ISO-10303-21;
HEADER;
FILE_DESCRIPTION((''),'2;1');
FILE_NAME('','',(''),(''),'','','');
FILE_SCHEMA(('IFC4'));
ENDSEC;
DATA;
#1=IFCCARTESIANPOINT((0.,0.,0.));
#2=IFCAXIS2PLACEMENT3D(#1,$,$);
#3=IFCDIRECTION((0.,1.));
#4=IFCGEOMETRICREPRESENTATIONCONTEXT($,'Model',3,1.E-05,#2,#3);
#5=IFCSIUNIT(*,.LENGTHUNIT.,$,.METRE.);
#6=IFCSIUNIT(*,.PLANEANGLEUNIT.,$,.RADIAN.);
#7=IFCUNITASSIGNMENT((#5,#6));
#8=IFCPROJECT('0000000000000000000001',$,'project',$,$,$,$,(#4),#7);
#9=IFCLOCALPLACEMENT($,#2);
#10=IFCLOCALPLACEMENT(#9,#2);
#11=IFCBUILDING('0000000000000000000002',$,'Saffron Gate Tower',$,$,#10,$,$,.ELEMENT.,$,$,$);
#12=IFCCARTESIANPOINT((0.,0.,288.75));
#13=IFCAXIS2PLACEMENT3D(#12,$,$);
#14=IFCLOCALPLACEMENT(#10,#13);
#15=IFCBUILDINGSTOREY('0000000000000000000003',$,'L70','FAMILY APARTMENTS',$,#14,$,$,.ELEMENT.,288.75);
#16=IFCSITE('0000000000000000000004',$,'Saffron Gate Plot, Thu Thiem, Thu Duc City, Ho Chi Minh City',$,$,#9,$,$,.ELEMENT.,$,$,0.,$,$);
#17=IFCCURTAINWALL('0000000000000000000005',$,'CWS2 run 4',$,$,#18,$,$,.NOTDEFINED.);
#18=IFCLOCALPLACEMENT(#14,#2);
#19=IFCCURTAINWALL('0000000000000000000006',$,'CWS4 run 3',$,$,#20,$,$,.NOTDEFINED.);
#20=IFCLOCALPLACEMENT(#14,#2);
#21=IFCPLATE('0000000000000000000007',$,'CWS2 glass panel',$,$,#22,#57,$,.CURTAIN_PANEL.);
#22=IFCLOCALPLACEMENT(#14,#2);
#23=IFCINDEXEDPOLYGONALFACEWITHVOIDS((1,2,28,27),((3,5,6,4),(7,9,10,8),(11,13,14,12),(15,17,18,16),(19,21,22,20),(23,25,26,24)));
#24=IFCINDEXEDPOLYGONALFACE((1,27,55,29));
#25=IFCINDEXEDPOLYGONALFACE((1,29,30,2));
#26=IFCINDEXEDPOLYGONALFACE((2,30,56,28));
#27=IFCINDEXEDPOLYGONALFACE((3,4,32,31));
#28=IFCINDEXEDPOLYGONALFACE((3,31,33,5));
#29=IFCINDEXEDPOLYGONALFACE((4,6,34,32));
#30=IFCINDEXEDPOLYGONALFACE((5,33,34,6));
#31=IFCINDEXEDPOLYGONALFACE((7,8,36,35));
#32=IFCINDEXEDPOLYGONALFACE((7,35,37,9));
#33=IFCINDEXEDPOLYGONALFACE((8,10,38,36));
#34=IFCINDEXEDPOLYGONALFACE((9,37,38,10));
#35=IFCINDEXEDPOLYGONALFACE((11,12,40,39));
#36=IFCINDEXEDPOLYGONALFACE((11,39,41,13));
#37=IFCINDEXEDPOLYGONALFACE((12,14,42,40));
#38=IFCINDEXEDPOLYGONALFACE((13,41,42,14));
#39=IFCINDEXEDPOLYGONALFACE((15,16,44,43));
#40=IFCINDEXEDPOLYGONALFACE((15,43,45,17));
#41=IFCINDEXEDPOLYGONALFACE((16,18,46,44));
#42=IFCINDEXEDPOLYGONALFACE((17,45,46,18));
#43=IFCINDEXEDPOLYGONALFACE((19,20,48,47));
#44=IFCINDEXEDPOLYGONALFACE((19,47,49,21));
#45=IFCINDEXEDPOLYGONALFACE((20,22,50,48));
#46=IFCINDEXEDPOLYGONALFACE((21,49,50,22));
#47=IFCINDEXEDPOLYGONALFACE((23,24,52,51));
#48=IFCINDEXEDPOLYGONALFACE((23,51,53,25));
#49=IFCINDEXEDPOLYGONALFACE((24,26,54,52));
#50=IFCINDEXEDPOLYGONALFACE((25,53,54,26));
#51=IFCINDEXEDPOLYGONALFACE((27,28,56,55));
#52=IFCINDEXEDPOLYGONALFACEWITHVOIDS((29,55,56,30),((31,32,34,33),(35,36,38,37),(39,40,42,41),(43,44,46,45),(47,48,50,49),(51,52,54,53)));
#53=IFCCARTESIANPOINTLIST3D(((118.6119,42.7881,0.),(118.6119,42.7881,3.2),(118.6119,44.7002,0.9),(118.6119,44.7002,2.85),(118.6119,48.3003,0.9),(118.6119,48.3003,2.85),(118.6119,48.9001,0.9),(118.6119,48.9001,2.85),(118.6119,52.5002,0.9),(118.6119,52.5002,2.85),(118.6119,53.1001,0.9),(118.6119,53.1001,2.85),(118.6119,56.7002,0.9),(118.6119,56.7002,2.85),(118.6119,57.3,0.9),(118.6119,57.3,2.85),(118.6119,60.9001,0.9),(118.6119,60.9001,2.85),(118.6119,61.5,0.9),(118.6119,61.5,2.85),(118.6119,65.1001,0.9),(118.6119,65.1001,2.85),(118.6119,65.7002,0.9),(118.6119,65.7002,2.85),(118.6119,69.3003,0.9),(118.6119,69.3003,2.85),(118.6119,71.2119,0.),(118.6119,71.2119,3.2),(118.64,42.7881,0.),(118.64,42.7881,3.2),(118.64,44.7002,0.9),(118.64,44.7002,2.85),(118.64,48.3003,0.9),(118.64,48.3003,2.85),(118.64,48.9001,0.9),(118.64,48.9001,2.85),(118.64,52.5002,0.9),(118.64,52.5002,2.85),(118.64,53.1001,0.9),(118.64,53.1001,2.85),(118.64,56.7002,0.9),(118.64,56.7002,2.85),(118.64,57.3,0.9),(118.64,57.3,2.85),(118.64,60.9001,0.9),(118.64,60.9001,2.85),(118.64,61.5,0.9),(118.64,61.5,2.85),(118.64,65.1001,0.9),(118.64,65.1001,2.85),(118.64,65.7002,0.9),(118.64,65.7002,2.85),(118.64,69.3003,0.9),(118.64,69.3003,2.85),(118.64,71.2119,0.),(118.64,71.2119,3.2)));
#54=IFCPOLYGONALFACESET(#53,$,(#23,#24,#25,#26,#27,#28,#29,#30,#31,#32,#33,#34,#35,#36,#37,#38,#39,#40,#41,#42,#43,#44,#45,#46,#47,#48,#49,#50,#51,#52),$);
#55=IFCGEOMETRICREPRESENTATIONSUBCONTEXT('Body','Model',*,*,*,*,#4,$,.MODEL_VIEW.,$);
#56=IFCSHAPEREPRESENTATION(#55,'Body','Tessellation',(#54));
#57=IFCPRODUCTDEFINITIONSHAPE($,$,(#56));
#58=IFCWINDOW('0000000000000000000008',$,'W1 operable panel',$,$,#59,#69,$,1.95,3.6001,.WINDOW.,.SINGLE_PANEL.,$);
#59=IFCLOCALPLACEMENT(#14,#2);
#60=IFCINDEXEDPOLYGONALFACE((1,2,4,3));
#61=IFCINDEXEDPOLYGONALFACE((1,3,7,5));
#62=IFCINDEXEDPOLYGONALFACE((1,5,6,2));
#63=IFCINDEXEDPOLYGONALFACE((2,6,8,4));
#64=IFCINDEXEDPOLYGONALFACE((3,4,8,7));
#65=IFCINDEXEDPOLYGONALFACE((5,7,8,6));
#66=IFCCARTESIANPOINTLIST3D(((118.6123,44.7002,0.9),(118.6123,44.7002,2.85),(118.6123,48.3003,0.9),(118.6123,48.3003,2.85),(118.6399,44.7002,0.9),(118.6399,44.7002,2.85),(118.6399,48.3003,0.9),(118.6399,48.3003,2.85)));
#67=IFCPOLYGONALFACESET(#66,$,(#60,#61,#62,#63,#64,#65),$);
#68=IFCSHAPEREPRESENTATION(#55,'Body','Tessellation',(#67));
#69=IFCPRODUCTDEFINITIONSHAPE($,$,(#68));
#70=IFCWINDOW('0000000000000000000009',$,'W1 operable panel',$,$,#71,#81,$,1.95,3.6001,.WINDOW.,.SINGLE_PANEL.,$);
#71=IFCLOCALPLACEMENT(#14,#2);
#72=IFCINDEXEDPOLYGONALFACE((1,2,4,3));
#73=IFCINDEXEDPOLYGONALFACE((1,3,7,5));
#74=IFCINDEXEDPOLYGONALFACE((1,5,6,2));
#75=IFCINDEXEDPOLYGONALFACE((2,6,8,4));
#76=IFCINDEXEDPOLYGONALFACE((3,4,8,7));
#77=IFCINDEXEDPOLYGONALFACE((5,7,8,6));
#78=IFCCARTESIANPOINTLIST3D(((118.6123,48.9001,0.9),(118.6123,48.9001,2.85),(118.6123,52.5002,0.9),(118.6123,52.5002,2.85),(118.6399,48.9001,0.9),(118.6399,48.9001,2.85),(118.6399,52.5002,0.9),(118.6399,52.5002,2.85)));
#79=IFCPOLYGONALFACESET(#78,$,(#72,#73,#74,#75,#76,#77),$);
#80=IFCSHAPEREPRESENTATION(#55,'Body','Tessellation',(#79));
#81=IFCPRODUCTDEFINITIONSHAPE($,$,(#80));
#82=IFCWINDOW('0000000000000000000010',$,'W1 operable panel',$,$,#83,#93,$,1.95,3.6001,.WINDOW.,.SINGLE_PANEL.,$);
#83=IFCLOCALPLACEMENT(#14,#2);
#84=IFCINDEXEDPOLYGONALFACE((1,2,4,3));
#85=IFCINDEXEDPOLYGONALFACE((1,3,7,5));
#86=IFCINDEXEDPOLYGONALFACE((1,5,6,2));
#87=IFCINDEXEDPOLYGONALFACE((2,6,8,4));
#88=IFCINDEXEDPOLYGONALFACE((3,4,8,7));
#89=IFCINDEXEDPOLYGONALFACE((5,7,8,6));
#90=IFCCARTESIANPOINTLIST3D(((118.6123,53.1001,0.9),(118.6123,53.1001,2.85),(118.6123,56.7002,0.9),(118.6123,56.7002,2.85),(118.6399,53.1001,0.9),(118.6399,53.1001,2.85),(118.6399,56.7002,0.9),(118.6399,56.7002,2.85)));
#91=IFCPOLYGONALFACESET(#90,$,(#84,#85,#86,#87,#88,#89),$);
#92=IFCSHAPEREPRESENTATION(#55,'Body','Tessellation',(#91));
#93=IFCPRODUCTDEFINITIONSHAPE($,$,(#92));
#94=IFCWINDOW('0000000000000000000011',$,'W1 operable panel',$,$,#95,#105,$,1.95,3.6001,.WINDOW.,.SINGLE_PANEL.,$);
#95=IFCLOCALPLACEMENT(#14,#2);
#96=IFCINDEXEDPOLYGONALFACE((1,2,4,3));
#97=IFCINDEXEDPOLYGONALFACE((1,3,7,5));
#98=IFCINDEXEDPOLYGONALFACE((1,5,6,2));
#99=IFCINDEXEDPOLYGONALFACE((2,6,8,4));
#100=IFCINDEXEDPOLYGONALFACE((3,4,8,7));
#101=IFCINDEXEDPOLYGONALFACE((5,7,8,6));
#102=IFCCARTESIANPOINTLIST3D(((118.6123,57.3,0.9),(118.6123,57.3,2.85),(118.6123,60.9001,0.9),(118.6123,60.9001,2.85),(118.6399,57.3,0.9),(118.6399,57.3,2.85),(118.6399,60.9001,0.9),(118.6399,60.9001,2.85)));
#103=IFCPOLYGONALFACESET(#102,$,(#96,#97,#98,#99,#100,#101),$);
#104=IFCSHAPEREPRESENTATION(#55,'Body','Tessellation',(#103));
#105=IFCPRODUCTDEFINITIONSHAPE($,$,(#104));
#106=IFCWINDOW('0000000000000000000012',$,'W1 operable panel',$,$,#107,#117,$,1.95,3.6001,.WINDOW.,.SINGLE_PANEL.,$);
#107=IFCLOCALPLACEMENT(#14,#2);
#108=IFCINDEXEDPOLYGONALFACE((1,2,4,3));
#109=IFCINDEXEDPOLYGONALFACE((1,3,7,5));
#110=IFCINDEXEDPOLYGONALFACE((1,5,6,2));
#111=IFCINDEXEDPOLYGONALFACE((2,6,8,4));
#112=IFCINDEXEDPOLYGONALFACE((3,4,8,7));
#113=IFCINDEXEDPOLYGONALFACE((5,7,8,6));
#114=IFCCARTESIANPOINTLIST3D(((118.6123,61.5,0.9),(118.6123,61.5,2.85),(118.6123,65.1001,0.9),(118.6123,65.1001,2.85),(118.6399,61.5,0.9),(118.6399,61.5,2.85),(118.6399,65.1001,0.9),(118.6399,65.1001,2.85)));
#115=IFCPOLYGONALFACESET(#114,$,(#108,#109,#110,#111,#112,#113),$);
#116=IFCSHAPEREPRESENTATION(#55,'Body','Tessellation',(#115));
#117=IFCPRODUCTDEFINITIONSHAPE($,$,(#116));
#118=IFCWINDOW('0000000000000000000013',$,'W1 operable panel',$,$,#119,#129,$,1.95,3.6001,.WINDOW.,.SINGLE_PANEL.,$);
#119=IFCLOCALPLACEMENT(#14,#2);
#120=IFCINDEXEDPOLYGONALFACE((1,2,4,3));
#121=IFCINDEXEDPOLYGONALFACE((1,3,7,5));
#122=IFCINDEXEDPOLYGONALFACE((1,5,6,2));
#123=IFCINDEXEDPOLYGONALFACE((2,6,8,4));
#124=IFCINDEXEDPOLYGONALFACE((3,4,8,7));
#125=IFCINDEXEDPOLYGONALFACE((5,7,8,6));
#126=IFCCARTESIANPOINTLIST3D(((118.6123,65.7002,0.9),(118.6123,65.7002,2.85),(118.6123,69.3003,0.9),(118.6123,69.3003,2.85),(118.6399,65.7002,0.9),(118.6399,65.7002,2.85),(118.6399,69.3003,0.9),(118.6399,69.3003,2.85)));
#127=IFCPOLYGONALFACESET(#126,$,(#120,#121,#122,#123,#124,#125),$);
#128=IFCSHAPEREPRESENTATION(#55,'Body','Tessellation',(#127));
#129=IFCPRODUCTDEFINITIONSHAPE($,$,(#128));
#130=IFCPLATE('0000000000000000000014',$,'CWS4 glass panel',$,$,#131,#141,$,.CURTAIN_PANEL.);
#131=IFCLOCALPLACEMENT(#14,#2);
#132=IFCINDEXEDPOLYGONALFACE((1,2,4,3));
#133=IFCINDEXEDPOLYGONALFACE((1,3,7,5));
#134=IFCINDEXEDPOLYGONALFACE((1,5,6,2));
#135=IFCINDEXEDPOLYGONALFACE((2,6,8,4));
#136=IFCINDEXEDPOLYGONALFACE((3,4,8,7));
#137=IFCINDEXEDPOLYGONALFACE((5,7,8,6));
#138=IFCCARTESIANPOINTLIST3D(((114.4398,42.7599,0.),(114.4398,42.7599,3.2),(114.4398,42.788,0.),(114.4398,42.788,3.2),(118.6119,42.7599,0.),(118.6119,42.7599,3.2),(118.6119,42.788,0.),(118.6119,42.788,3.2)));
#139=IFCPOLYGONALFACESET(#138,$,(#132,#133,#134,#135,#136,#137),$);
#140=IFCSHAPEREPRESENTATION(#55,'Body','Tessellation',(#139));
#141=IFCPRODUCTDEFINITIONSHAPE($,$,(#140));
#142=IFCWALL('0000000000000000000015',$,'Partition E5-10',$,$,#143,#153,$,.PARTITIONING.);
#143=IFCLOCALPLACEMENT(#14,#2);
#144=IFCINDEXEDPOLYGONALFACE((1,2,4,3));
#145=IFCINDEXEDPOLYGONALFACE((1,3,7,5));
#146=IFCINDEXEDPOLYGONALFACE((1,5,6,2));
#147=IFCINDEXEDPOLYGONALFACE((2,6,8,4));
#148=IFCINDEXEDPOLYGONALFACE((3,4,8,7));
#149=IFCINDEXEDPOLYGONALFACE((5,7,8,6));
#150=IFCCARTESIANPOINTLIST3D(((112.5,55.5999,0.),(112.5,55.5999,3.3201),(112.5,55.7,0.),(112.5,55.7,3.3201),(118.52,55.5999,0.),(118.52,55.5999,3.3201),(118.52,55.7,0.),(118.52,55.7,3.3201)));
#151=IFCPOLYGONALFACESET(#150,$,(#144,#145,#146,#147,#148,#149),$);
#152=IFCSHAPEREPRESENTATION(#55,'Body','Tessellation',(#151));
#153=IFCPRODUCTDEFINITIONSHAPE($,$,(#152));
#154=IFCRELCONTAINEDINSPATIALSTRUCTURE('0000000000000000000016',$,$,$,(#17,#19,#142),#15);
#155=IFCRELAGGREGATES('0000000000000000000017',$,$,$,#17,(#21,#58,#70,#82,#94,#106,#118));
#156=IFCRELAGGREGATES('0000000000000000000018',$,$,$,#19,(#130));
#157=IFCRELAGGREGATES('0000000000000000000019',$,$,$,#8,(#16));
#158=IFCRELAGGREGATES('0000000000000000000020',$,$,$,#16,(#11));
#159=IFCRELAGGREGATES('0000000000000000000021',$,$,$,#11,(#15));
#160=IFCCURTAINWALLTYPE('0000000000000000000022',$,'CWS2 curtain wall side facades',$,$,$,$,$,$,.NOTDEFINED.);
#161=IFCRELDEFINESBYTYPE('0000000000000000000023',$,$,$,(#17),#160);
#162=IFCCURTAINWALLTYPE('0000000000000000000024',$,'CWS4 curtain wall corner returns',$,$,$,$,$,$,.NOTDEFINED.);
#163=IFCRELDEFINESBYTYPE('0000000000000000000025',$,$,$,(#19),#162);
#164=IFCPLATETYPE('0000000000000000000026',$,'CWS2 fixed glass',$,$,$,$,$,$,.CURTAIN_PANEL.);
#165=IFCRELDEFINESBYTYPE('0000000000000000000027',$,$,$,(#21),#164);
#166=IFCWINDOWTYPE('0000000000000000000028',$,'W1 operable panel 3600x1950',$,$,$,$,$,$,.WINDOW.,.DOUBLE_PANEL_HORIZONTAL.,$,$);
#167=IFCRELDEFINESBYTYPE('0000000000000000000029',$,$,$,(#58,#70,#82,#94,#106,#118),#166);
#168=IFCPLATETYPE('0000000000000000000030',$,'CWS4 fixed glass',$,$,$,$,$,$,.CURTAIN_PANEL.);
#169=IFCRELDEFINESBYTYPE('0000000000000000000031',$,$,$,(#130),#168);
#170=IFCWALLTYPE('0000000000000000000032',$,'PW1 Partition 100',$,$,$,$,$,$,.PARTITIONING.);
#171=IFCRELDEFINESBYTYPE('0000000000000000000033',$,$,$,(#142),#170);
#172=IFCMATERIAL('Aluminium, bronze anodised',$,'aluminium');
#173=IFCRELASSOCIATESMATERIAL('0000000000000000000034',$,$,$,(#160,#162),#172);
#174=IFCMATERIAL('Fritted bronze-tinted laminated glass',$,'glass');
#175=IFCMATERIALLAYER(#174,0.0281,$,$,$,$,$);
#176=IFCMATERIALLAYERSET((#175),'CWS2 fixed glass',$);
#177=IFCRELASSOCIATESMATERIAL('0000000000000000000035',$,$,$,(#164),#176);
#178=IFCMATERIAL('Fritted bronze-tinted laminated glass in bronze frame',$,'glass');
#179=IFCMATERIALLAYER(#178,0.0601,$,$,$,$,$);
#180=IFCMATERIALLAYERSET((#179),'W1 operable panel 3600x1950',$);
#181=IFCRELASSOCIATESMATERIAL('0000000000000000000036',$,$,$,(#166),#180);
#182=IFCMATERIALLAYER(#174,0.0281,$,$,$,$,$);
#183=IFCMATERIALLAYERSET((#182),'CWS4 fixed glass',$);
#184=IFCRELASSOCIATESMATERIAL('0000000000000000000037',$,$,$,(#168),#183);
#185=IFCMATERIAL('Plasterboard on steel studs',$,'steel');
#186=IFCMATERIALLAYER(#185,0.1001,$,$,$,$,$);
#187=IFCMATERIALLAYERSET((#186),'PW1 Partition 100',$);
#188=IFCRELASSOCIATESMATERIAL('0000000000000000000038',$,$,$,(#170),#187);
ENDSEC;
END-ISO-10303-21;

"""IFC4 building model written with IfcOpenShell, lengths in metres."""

from ifc_helpers import new_model, si_unit, direction, frame, frame_2d, origin, place, context, subcontext, project, spatial, rectangle, extrude, material, layer, layer_set, type_object, element, fill, aggregate, save


model = new_model("IFC4")

# Units and contexts
model_context = context("Model", 3, precision=1e-05, world=origin(), true_north=direction((0.0, 1.0)))
body_context = subcontext(model_context, "Body", "Model", "MODEL_VIEW")
ifc_project = project(units=[si_unit("LENGTHUNIT", "METRE"), si_unit("PLANEANGLEUNIT", "RADIAN")], contexts=[model_context])

# Site, building, storey
site_placement = place(None, origin())
site = spatial("IfcSite", under=ifc_project, at=site_placement, Name="Saffron Gate Plot, Thu Thiem, Thu Duc City, Ho Chi Minh City", CompositionType="ELEMENT", RefElevation=0.0)
building_placement = place(site_placement, origin())
building = spatial("IfcBuilding", under=site, at=building_placement, Name="Saffron Gate Tower", CompositionType="ELEMENT")
storey_placement = place(building_placement, frame((0.0, 0.0, 288.75)))
storey = spatial("IfcBuildingStorey", under=building, at=storey_placement, Name="L70", Description="FAMILY APARTMENTS", CompositionType="ELEMENT", Elevation=288.75)

# Curtain walls
ifc_material_1 = material(Name="Aluminium, bronze anodised", Category="aluminium")
curtain_wall_type_1 = type_object("IfcCurtainWallType", Name="CWS2 curtain wall side facades", PredefinedType="NOTDEFINED", material=ifc_material_1)
curtain_wall_1_placement = place(storey_placement, origin())
curtain_wall_1 = element("IfcCurtainWall", 1, at=curtain_wall_1_placement, inside=storey, type_object=curtain_wall_type_1, Name="CWS2 run 4", PredefinedType="NOTDEFINED")
curtain_wall_type_2 = type_object("IfcCurtainWallType", Name="CWS4 curtain wall corner returns", PredefinedType="NOTDEFINED", material=ifc_material_1)
curtain_wall_2_placement = place(storey_placement, origin())
curtain_wall_2 = element("IfcCurtainWall", 2, at=curtain_wall_2_placement, inside=storey, type_object=curtain_wall_type_2, Name="CWS4 run 3", PredefinedType="NOTDEFINED")

# Plate, openings, windows
ifc_material_2 = material(Name="Fritted bronze-tinted laminated glass", Category="glass")
ifc_layer_1 = layer(ifc_material_2, 0.0281)
ifc_layer_set_1 = layer_set([ifc_layer_1], Name="CWS2 fixed glass")
plate_type_1 = type_object("IfcPlateType", Name="CWS2 fixed glass", PredefinedType="CURTAIN_PANEL", material=ifc_layer_set_1)
plate_1_placement = place(storey_placement, frame((118.626, 42.7881, 0.0), z_axis=(0.0, 0.0, 1.0), x_axis=(0.0, 1.0, 0.0)))
plate_1 = element("IfcPlate", 3, at=plate_1_placement, type_object=plate_type_1, Name="CWS2 glass panel", PredefinedType="CURTAIN_PANEL", context=body_context, shape_type="SweptSolid", body=[
    extrude(rectangle(XDim=28.4238, YDim=0.0281, at=frame_2d((14.2119, 0.0))), origin(), (0.0, 0.0, 1.0), 3.2),
])
opening_1_placement = place(plate_1_placement, frame((1.9121, 0.0, 0.8999)))
opening_1 = element("IfcOpeningElement", 4, at=opening_1_placement, cuts=plate_1, PredefinedType="OPENING", context=body_context, shape_type="SweptSolid", body=[
    extrude(rectangle(XDim=3.6001, YDim=1.95, at=frame_2d((1.8, 0.9751))), frame((0.0, 0.0239, 0.0), z_axis=(0.0, -1.0, 0.0), x_axis=(1.0, 0.0, 0.0)), (0.0, 0.0, 1.0), 0.0481),
])
opening_2_placement = place(plate_1_placement, frame((6.1121, 0.0, 0.8999)))
opening_2 = element("IfcOpeningElement", 5, at=opening_2_placement, cuts=plate_1, PredefinedType="OPENING", context=body_context, shape_type="SweptSolid", body=[
    extrude(rectangle(XDim=3.6001, YDim=1.95, at=frame_2d((1.8, 0.9751))), frame((0.0, 0.0239, 0.0), z_axis=(0.0, -1.0, 0.0), x_axis=(1.0, 0.0, 0.0)), (0.0, 0.0, 1.0), 0.0481),
])
opening_3_placement = place(plate_1_placement, frame((10.312, 0.0, 0.8999)))
opening_3 = element("IfcOpeningElement", 6, at=opening_3_placement, cuts=plate_1, PredefinedType="OPENING", context=body_context, shape_type="SweptSolid", body=[
    extrude(rectangle(XDim=3.6001, YDim=1.95, at=frame_2d((1.8, 0.9751))), frame((0.0, 0.0239, 0.0), z_axis=(0.0, -1.0, 0.0), x_axis=(1.0, 0.0, 0.0)), (0.0, 0.0, 1.0), 0.0481),
])
opening_4_placement = place(plate_1_placement, frame((14.512, 0.0, 0.8999)))
opening_4 = element("IfcOpeningElement", 7, at=opening_4_placement, cuts=plate_1, PredefinedType="OPENING", context=body_context, shape_type="SweptSolid", body=[
    extrude(rectangle(XDim=3.6001, YDim=1.95, at=frame_2d((1.8, 0.9751))), frame((0.0, 0.0239, 0.0), z_axis=(0.0, -1.0, 0.0), x_axis=(1.0, 0.0, 0.0)), (0.0, 0.0, 1.0), 0.0481),
])
opening_5_placement = place(plate_1_placement, frame((18.7119, 0.0, 0.8999)))
opening_5 = element("IfcOpeningElement", 8, at=opening_5_placement, cuts=plate_1, PredefinedType="OPENING", context=body_context, shape_type="SweptSolid", body=[
    extrude(rectangle(XDim=3.6001, YDim=1.95, at=frame_2d((1.8, 0.9751))), frame((0.0, 0.0239, 0.0), z_axis=(0.0, -1.0, 0.0), x_axis=(1.0, 0.0, 0.0)), (0.0, 0.0, 1.0), 0.0481),
])
opening_6_placement = place(plate_1_placement, frame((22.9121, 0.0, 0.8999)))
opening_6 = element("IfcOpeningElement", 9, at=opening_6_placement, cuts=plate_1, PredefinedType="OPENING", context=body_context, shape_type="SweptSolid", body=[
    extrude(rectangle(XDim=3.6001, YDim=1.95, at=frame_2d((1.8, 0.9751))), frame((0.0, 0.0239, 0.0), z_axis=(0.0, -1.0, 0.0), x_axis=(1.0, 0.0, 0.0)), (0.0, 0.0, 1.0), 0.0481),
])
ifc_material_3 = material(Name="Fritted bronze-tinted laminated glass in bronze frame", Category="glass")
ifc_layer_2 = layer(ifc_material_3, 0.0601)
ifc_layer_set_2 = layer_set([ifc_layer_2], Name="W1 operable panel 3600x1950")
window_type = type_object("IfcWindowType", Name="W1 operable panel 3600x1950", PartitioningType="DOUBLE_PANEL_HORIZONTAL", PredefinedType="WINDOW", material=ifc_layer_set_2)
window_1_placement = place(opening_1_placement, origin())
window_1 = element("IfcWindow", 10, at=window_1_placement, type_object=window_type, Name="W1 operable panel", OverallHeight=1.95, OverallWidth=3.6001, PartitioningType="SINGLE_PANEL", PredefinedType="WINDOW", context=body_context, shape_type="SweptSolid", body=[
    extrude(rectangle(XDim=3.6001, YDim=1.95, at=frame_2d((1.8, 0.9751))), frame((0.0, 0.0137, 0.0), z_axis=(0.0, -1.0, 0.0), x_axis=(1.0, 0.0, 0.0)), (0.0, 0.0, 1.0), 0.0276),
])
fill(opening_1, window_1)
window_2_placement = place(opening_2_placement, origin())
window_2 = element("IfcWindow", 11, at=window_2_placement, type_object=window_type, Name="W1 operable panel", OverallHeight=1.95, OverallWidth=3.6001, PartitioningType="SINGLE_PANEL", PredefinedType="WINDOW", context=body_context, shape_type="SweptSolid", body=[
    extrude(rectangle(XDim=3.6001, YDim=1.95, at=frame_2d((1.8, 0.9751))), frame((0.0, 0.0137, 0.0), z_axis=(0.0, -1.0, 0.0), x_axis=(1.0, 0.0, 0.0)), (0.0, 0.0, 1.0), 0.0276),
])
fill(opening_2, window_2)
window_3_placement = place(opening_3_placement, origin())
window_3 = element("IfcWindow", 12, at=window_3_placement, type_object=window_type, Name="W1 operable panel", OverallHeight=1.95, OverallWidth=3.6001, PartitioningType="SINGLE_PANEL", PredefinedType="WINDOW", context=body_context, shape_type="SweptSolid", body=[
    extrude(rectangle(XDim=3.6001, YDim=1.95, at=frame_2d((1.8, 0.9751))), frame((0.0, 0.0137, 0.0), z_axis=(0.0, -1.0, 0.0), x_axis=(1.0, 0.0, 0.0)), (0.0, 0.0, 1.0), 0.0276),
])
fill(opening_3, window_3)
window_4_placement = place(opening_4_placement, origin())
window_4 = element("IfcWindow", 13, at=window_4_placement, type_object=window_type, Name="W1 operable panel", OverallHeight=1.95, OverallWidth=3.6001, PartitioningType="SINGLE_PANEL", PredefinedType="WINDOW", context=body_context, shape_type="SweptSolid", body=[
    extrude(rectangle(XDim=3.6001, YDim=1.95, at=frame_2d((1.8, 0.9751))), frame((0.0, 0.0137, 0.0), z_axis=(0.0, -1.0, 0.0), x_axis=(1.0, 0.0, 0.0)), (0.0, 0.0, 1.0), 0.0276),
])
fill(opening_4, window_4)
window_5_placement = place(opening_5_placement, origin())
window_5 = element("IfcWindow", 14, at=window_5_placement, type_object=window_type, Name="W1 operable panel", OverallHeight=1.95, OverallWidth=3.6001, PartitioningType="SINGLE_PANEL", PredefinedType="WINDOW", context=body_context, shape_type="SweptSolid", body=[
    extrude(rectangle(XDim=3.6001, YDim=1.95, at=frame_2d((1.8, 0.9751))), frame((0.0, 0.0137, 0.0), z_axis=(0.0, -1.0, 0.0), x_axis=(1.0, 0.0, 0.0)), (0.0, 0.0, 1.0), 0.0276),
])
fill(opening_5, window_5)
window_6_placement = place(opening_6_placement, origin())
window_6 = element("IfcWindow", 15, at=window_6_placement, type_object=window_type, Name="W1 operable panel", OverallHeight=1.95, OverallWidth=3.6001, PartitioningType="SINGLE_PANEL", PredefinedType="WINDOW", context=body_context, shape_type="SweptSolid", body=[
    extrude(rectangle(XDim=3.6001, YDim=1.95, at=frame_2d((1.8, 0.9751))), frame((0.0, 0.0137, 0.0), z_axis=(0.0, -1.0, 0.0), x_axis=(1.0, 0.0, 0.0)), (0.0, 0.0, 1.0), 0.0276),
])
fill(opening_6, window_6)
aggregate(curtain_wall_1, [plate_1, window_1, window_2, window_3, window_4, window_5, window_6])

# Plate
ifc_layer_3 = layer(ifc_material_2, 0.0281)
ifc_layer_set_3 = layer_set([ifc_layer_3], Name="CWS4 fixed glass")
plate_type_2 = type_object("IfcPlateType", Name="CWS4 fixed glass", PredefinedType="CURTAIN_PANEL", material=ifc_layer_set_3)
plate_2_placement = place(storey_placement, frame((114.4399, 42.7739, 0.0), z_axis=(0.0, 0.0, 1.0), x_axis=(1.0, 0.0, 0.0)))
plate_2 = element("IfcPlate", 16, at=plate_2_placement, type_object=plate_type_2, Name="CWS4 glass panel", PredefinedType="CURTAIN_PANEL", context=body_context, shape_type="SweptSolid", body=[
    extrude(rectangle(XDim=4.1721, YDim=0.0281, at=frame_2d((2.0859, 0.0))), origin(), (0.0, 0.0, 1.0), 3.2),
])
aggregate(curtain_wall_2, [plate_2])

# Wall
ifc_material_4 = material(Name="Plasterboard on steel studs", Category="steel")
ifc_layer_4 = layer(ifc_material_4, 0.1001)
ifc_layer_set_4 = layer_set([ifc_layer_4], Name="PW1 Partition 100")
wall_type_1 = type_object("IfcWallType", Name="PW1 Partition 100", PredefinedType="PARTITIONING", material=ifc_layer_set_4)
wall_1_placement = place(storey_placement, frame((112.5, 55.6499, 0.0), z_axis=(0.0, 0.0, 1.0), x_axis=(1.0, 0.0, 0.0)))
element("IfcWall", 17, at=wall_1_placement, inside=storey, type_object=wall_type_1, Name="Partition E5-10", PredefinedType="PARTITIONING", context=body_context, shape_type="SweptSolid", body=[
    extrude(rectangle(XDim=6.02, YDim=0.1001, at=frame_2d((3.01, 0.0))), origin(), (0.0, 0.0, 1.0), 3.3201),
])

save(model, "model.ifc")
